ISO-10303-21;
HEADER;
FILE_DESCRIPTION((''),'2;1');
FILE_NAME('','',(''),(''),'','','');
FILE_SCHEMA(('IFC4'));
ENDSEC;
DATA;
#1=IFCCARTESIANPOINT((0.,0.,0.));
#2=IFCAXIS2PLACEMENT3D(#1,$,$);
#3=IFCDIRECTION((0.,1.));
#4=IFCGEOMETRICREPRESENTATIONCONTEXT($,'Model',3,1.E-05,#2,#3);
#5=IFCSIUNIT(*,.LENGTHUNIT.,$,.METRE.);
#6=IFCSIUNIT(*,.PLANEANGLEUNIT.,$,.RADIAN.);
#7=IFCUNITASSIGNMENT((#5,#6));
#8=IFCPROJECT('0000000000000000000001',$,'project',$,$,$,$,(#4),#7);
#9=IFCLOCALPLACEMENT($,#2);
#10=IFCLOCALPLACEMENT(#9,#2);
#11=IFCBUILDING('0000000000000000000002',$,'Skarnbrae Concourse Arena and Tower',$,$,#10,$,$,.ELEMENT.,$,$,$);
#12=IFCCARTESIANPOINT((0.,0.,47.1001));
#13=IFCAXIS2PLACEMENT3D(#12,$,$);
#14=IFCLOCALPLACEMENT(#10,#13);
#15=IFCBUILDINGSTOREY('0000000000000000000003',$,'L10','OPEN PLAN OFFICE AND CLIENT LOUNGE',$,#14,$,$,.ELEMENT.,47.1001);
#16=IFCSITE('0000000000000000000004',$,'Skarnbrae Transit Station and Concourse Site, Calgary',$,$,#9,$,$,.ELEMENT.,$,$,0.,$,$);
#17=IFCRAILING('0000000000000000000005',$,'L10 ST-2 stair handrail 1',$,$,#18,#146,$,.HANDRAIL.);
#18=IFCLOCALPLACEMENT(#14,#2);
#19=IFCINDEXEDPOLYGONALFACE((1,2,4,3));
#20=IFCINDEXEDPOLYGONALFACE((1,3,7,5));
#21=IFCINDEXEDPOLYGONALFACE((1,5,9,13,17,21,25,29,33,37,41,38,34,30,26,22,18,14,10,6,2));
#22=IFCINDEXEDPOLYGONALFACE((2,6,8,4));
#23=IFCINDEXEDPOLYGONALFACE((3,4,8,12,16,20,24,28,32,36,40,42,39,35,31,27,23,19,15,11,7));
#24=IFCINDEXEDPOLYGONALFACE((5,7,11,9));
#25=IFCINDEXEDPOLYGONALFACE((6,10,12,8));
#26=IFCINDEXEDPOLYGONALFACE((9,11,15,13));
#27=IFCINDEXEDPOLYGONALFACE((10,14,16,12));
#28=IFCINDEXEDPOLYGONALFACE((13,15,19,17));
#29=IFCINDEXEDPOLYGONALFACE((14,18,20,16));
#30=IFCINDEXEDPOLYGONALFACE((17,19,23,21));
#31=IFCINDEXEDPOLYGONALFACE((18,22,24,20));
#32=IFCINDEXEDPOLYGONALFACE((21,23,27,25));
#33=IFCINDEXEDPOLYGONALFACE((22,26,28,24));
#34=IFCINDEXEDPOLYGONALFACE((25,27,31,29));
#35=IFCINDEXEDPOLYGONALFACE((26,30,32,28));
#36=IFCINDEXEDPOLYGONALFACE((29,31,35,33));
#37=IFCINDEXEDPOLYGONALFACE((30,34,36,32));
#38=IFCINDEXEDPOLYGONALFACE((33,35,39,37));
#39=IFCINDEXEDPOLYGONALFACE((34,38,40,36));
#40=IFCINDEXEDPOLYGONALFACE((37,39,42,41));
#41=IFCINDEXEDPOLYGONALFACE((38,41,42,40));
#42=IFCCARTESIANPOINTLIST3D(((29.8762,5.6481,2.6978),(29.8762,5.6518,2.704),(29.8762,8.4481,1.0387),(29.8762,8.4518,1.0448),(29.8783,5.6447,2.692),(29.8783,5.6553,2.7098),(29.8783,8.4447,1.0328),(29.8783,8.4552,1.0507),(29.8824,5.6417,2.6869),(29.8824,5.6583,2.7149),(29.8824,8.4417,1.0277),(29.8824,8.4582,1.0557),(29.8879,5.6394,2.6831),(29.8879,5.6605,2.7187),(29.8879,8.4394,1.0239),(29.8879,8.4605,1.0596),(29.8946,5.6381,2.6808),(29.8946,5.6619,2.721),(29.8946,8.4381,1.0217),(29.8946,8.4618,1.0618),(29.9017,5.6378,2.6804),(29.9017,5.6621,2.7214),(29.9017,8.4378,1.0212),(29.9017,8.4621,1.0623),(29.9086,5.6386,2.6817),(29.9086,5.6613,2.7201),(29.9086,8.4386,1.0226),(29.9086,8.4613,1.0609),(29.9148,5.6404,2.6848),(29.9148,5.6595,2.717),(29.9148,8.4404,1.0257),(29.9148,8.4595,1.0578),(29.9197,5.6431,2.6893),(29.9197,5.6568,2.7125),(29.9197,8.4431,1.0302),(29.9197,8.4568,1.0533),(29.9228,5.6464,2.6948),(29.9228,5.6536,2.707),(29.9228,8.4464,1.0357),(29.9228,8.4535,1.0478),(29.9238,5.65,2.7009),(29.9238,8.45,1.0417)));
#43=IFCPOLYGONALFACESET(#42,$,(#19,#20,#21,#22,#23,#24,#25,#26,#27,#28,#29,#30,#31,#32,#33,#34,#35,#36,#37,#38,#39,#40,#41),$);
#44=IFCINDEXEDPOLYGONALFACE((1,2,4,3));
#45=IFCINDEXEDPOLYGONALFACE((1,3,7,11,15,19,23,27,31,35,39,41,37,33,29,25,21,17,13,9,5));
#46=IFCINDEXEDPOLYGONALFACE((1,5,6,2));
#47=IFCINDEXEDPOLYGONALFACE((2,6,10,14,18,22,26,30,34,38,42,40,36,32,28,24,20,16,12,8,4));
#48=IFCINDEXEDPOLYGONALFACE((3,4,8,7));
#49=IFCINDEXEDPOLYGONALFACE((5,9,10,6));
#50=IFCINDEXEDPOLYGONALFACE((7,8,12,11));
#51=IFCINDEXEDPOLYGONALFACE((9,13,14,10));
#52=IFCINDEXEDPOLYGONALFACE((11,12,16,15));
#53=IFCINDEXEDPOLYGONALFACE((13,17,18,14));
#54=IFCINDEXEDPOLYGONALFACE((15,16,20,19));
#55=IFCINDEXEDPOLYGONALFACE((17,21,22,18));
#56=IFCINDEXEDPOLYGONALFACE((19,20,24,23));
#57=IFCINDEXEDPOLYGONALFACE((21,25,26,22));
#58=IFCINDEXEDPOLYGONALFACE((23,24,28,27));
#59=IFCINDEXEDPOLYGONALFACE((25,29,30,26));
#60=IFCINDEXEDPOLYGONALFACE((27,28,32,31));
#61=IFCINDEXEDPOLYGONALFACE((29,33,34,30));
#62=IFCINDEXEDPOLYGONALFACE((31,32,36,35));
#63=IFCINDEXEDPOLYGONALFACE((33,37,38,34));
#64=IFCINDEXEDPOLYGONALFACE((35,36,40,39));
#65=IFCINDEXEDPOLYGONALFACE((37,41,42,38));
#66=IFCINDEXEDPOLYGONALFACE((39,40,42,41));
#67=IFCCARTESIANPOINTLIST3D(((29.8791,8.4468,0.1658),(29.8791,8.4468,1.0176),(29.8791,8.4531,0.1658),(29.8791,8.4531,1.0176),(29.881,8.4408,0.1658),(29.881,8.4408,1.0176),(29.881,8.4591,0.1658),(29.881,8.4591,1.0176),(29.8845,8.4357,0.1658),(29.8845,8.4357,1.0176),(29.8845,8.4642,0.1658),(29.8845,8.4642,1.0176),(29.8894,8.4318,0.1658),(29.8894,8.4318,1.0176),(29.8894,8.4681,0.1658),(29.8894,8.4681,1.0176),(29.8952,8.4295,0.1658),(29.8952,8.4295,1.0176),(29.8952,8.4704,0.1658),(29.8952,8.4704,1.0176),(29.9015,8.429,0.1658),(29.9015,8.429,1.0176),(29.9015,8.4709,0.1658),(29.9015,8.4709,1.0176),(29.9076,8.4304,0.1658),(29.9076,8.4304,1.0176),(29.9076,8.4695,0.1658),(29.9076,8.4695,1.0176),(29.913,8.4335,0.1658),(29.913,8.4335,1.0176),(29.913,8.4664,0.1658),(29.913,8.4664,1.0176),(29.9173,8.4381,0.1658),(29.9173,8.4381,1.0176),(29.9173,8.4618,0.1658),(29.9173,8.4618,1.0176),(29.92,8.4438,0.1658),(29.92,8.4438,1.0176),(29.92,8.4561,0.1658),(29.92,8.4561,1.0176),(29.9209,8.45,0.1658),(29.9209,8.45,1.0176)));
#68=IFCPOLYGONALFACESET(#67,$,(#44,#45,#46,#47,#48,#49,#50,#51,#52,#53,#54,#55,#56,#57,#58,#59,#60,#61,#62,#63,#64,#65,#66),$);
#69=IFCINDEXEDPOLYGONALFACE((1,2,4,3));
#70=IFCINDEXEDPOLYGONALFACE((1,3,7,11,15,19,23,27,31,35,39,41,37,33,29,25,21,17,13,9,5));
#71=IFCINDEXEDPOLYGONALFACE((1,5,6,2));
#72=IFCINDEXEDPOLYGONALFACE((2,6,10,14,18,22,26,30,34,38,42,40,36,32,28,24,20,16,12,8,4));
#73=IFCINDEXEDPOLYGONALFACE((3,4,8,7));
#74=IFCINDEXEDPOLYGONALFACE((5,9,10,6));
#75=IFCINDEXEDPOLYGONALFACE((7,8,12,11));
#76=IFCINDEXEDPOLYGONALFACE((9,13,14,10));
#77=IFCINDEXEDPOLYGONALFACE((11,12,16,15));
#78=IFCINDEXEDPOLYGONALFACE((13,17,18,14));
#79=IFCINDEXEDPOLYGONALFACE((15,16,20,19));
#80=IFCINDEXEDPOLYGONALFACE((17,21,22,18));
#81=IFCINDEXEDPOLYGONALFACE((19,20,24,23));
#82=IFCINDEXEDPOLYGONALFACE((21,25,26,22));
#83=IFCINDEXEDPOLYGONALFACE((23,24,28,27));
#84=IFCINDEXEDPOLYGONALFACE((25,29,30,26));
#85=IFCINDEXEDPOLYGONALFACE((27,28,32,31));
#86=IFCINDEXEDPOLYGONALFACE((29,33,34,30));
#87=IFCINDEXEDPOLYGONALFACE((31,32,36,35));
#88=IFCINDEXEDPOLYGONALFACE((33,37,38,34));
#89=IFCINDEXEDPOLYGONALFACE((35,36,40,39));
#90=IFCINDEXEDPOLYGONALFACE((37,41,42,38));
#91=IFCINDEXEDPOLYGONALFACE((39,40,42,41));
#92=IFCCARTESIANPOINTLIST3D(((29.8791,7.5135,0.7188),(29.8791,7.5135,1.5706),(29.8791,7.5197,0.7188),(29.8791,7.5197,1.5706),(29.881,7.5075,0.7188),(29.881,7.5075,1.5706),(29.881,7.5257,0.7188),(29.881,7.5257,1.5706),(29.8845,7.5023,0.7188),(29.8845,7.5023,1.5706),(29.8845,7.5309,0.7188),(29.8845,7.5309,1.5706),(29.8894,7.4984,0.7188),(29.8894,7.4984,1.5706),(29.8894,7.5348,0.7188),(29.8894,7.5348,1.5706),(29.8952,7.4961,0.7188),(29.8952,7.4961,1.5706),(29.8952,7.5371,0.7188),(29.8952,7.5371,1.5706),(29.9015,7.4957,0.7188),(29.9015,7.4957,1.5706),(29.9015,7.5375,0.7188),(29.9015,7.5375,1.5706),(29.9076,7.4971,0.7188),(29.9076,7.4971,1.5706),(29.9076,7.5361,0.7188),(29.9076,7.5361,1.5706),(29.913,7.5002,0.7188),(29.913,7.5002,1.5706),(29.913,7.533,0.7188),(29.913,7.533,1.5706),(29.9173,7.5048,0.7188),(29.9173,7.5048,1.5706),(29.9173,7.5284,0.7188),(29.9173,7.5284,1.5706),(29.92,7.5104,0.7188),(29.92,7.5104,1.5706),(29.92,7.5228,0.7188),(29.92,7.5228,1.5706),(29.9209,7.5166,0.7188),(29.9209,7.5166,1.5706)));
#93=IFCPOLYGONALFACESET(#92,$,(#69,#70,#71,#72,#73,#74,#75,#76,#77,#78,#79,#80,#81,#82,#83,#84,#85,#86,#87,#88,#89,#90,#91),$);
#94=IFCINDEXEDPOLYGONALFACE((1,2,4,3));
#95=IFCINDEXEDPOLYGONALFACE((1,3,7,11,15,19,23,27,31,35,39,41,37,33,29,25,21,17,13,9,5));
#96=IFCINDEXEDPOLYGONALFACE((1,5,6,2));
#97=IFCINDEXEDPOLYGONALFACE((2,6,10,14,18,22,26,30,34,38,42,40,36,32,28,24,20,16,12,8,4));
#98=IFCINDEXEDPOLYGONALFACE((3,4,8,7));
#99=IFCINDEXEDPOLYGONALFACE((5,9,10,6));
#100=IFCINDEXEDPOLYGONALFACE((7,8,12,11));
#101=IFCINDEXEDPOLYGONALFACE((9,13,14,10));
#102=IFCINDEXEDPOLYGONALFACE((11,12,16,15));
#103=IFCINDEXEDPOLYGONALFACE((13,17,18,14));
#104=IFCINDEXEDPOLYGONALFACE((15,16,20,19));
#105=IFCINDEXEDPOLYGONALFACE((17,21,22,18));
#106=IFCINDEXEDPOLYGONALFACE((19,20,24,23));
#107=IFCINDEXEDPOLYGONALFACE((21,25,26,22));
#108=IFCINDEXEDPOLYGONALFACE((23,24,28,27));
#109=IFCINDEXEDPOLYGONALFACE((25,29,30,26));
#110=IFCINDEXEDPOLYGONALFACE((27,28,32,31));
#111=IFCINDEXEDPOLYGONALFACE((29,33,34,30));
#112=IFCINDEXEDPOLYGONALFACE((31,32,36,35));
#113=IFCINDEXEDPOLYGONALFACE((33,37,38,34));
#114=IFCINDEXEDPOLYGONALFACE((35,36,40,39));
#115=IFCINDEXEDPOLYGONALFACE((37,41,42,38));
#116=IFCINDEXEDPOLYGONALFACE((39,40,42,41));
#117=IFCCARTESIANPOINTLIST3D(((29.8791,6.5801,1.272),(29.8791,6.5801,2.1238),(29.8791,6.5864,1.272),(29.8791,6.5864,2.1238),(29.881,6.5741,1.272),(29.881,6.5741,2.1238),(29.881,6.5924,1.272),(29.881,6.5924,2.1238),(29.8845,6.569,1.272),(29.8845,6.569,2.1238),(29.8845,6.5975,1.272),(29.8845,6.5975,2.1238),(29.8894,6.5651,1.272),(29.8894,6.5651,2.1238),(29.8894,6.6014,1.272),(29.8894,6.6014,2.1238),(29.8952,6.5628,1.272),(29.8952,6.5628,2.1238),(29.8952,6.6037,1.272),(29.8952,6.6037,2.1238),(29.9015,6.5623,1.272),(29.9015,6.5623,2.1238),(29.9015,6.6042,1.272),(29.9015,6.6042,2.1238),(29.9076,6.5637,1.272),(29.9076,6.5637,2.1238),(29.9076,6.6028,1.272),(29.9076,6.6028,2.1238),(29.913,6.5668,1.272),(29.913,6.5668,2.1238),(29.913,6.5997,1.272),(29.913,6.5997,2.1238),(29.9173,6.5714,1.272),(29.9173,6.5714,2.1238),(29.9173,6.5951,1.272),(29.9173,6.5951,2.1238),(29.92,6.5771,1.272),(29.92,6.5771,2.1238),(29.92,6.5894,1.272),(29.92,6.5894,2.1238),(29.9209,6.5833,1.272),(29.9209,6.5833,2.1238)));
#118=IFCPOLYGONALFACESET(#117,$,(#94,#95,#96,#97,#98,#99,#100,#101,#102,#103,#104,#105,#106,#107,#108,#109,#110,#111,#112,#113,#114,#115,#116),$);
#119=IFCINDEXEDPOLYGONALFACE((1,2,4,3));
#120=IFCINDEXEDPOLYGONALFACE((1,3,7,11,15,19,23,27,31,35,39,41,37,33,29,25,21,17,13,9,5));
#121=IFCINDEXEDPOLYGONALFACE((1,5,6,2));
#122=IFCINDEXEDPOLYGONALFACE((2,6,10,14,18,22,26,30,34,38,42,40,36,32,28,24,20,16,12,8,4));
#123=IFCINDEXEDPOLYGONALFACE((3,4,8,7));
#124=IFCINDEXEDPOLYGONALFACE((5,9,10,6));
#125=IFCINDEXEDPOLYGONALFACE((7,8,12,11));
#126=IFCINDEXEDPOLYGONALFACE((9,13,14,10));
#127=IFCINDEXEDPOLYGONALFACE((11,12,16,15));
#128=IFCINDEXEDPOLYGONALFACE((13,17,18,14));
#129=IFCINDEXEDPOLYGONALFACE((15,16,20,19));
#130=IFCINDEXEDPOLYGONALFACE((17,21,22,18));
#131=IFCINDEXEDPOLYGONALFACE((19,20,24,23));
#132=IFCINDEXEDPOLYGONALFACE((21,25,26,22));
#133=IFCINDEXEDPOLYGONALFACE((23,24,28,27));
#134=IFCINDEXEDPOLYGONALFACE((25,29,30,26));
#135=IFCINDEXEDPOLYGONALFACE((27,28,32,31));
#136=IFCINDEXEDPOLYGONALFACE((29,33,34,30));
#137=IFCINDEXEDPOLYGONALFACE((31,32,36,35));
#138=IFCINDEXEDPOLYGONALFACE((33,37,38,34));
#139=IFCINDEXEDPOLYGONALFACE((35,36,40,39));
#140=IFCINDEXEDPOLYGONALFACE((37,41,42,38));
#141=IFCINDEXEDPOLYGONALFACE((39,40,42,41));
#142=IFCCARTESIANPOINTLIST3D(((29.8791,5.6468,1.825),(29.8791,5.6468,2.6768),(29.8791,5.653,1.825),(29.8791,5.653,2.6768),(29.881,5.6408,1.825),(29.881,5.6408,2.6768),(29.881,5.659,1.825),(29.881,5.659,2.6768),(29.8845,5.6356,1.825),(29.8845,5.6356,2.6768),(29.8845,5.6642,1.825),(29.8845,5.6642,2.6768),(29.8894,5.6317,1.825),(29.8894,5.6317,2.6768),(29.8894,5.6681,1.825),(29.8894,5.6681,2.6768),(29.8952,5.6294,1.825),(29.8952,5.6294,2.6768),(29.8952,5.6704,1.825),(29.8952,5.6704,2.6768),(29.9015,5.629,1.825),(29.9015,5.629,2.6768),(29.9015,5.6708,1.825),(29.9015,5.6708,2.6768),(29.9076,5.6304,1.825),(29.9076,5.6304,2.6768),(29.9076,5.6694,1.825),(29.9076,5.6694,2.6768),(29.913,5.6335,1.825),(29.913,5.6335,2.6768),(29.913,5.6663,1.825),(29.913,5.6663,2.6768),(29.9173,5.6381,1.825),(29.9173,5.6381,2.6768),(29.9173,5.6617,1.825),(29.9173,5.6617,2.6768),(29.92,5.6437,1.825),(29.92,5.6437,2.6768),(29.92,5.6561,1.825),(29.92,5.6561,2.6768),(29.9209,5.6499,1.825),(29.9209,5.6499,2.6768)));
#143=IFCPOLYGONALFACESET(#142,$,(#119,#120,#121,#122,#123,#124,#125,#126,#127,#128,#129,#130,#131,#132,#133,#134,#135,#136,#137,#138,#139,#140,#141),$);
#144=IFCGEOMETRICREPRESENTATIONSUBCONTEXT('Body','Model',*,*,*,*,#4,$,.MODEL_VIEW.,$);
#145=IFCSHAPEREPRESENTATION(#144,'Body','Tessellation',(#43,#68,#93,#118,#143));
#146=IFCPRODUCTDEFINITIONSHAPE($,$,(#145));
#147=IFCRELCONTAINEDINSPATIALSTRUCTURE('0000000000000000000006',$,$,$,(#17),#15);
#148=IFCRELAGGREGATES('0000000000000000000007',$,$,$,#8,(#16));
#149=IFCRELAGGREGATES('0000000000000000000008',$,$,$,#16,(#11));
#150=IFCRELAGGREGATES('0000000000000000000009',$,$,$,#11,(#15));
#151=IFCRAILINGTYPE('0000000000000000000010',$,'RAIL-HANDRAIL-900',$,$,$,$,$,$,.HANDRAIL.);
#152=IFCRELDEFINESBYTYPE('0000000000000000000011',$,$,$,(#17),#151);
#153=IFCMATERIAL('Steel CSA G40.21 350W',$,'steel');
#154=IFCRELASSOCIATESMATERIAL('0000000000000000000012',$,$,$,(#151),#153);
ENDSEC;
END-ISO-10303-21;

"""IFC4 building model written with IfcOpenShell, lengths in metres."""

from ifc_helpers import new_model, si_unit, direction, frame, origin, origin_2d, place, context, subcontext, project, spatial, circle, extrude, material, type_object, element, save


model = new_model("IFC4")

# Units and contexts
model_context = context("Model", 3, precision=1e-05, world=origin(), true_north=direction((0.0, 1.0)))
body_context = subcontext(model_context, "Body", "Model", "MODEL_VIEW")
ifc_project = project(units=[si_unit("LENGTHUNIT", "METRE"), si_unit("PLANEANGLEUNIT", "RADIAN")], contexts=[model_context])

# Site, building, storey
site_placement = place(None, origin())
site = spatial("IfcSite", under=ifc_project, at=site_placement, Name="Skarnbrae Transit Station and Concourse Site, Calgary", CompositionType="ELEMENT", RefElevation=0.0)
building_placement = place(site_placement, origin())
building = spatial("IfcBuilding", under=site, at=building_placement, Name="Skarnbrae Concourse Arena and Tower", CompositionType="ELEMENT")
storey_placement = place(building_placement, frame((0.0, 0.0, 47.1001)))
storey = spatial("IfcBuildingStorey", under=building, at=storey_placement, Name="L10", Description="OPEN PLAN OFFICE AND CLIENT LOUNGE", CompositionType="ELEMENT", Elevation=47.1001)

# Shared definitions
ifc_material_1 = material(Name="Steel CSA G40.21 350W", Category="steel")

# Railing
railing_type_1 = type_object("IfcRailingType", Name="RAIL-HANDRAIL-900", PredefinedType="HANDRAIL", material=ifc_material_1)
railing_1_placement = place(storey_placement, frame((29.8999, 8.45, 0.1658)))
element("IfcRailing", 1, at=railing_1_placement, inside=storey, type_object=railing_type_1, Name="L10 ST-2 stair handrail 1", PredefinedType="HANDRAIL", context=body_context, shape_type="SweptSolid", body=[
    extrude(circle(Radius=0.0239, at=origin_2d()), frame((0.0, 0.0, 0.876), z_axis=(0.0, -0.860306, 0.509778), x_axis=(1.0, 0.0, 0.0)), (0.0, 0.0, 1.0), 3.2546),
    extrude(circle(Radius=0.021, at=origin_2d()), origin(), (0.0, 0.0, 1.0), 0.8518),
    extrude(circle(Radius=0.021, at=origin_2d()), frame((0.0, -0.9333, 0.553)), (0.0, 0.0, 1.0), 0.8518),
    extrude(circle(Radius=0.021, at=origin_2d()), frame((0.0, -1.8667, 1.1062)), (0.0, 0.0, 1.0), 0.8518),
    extrude(circle(Radius=0.021, at=origin_2d()), frame((0.0, -2.8, 1.6592)), (0.0, 0.0, 1.0), 0.8518),
])

save(model, "model.ifc")
